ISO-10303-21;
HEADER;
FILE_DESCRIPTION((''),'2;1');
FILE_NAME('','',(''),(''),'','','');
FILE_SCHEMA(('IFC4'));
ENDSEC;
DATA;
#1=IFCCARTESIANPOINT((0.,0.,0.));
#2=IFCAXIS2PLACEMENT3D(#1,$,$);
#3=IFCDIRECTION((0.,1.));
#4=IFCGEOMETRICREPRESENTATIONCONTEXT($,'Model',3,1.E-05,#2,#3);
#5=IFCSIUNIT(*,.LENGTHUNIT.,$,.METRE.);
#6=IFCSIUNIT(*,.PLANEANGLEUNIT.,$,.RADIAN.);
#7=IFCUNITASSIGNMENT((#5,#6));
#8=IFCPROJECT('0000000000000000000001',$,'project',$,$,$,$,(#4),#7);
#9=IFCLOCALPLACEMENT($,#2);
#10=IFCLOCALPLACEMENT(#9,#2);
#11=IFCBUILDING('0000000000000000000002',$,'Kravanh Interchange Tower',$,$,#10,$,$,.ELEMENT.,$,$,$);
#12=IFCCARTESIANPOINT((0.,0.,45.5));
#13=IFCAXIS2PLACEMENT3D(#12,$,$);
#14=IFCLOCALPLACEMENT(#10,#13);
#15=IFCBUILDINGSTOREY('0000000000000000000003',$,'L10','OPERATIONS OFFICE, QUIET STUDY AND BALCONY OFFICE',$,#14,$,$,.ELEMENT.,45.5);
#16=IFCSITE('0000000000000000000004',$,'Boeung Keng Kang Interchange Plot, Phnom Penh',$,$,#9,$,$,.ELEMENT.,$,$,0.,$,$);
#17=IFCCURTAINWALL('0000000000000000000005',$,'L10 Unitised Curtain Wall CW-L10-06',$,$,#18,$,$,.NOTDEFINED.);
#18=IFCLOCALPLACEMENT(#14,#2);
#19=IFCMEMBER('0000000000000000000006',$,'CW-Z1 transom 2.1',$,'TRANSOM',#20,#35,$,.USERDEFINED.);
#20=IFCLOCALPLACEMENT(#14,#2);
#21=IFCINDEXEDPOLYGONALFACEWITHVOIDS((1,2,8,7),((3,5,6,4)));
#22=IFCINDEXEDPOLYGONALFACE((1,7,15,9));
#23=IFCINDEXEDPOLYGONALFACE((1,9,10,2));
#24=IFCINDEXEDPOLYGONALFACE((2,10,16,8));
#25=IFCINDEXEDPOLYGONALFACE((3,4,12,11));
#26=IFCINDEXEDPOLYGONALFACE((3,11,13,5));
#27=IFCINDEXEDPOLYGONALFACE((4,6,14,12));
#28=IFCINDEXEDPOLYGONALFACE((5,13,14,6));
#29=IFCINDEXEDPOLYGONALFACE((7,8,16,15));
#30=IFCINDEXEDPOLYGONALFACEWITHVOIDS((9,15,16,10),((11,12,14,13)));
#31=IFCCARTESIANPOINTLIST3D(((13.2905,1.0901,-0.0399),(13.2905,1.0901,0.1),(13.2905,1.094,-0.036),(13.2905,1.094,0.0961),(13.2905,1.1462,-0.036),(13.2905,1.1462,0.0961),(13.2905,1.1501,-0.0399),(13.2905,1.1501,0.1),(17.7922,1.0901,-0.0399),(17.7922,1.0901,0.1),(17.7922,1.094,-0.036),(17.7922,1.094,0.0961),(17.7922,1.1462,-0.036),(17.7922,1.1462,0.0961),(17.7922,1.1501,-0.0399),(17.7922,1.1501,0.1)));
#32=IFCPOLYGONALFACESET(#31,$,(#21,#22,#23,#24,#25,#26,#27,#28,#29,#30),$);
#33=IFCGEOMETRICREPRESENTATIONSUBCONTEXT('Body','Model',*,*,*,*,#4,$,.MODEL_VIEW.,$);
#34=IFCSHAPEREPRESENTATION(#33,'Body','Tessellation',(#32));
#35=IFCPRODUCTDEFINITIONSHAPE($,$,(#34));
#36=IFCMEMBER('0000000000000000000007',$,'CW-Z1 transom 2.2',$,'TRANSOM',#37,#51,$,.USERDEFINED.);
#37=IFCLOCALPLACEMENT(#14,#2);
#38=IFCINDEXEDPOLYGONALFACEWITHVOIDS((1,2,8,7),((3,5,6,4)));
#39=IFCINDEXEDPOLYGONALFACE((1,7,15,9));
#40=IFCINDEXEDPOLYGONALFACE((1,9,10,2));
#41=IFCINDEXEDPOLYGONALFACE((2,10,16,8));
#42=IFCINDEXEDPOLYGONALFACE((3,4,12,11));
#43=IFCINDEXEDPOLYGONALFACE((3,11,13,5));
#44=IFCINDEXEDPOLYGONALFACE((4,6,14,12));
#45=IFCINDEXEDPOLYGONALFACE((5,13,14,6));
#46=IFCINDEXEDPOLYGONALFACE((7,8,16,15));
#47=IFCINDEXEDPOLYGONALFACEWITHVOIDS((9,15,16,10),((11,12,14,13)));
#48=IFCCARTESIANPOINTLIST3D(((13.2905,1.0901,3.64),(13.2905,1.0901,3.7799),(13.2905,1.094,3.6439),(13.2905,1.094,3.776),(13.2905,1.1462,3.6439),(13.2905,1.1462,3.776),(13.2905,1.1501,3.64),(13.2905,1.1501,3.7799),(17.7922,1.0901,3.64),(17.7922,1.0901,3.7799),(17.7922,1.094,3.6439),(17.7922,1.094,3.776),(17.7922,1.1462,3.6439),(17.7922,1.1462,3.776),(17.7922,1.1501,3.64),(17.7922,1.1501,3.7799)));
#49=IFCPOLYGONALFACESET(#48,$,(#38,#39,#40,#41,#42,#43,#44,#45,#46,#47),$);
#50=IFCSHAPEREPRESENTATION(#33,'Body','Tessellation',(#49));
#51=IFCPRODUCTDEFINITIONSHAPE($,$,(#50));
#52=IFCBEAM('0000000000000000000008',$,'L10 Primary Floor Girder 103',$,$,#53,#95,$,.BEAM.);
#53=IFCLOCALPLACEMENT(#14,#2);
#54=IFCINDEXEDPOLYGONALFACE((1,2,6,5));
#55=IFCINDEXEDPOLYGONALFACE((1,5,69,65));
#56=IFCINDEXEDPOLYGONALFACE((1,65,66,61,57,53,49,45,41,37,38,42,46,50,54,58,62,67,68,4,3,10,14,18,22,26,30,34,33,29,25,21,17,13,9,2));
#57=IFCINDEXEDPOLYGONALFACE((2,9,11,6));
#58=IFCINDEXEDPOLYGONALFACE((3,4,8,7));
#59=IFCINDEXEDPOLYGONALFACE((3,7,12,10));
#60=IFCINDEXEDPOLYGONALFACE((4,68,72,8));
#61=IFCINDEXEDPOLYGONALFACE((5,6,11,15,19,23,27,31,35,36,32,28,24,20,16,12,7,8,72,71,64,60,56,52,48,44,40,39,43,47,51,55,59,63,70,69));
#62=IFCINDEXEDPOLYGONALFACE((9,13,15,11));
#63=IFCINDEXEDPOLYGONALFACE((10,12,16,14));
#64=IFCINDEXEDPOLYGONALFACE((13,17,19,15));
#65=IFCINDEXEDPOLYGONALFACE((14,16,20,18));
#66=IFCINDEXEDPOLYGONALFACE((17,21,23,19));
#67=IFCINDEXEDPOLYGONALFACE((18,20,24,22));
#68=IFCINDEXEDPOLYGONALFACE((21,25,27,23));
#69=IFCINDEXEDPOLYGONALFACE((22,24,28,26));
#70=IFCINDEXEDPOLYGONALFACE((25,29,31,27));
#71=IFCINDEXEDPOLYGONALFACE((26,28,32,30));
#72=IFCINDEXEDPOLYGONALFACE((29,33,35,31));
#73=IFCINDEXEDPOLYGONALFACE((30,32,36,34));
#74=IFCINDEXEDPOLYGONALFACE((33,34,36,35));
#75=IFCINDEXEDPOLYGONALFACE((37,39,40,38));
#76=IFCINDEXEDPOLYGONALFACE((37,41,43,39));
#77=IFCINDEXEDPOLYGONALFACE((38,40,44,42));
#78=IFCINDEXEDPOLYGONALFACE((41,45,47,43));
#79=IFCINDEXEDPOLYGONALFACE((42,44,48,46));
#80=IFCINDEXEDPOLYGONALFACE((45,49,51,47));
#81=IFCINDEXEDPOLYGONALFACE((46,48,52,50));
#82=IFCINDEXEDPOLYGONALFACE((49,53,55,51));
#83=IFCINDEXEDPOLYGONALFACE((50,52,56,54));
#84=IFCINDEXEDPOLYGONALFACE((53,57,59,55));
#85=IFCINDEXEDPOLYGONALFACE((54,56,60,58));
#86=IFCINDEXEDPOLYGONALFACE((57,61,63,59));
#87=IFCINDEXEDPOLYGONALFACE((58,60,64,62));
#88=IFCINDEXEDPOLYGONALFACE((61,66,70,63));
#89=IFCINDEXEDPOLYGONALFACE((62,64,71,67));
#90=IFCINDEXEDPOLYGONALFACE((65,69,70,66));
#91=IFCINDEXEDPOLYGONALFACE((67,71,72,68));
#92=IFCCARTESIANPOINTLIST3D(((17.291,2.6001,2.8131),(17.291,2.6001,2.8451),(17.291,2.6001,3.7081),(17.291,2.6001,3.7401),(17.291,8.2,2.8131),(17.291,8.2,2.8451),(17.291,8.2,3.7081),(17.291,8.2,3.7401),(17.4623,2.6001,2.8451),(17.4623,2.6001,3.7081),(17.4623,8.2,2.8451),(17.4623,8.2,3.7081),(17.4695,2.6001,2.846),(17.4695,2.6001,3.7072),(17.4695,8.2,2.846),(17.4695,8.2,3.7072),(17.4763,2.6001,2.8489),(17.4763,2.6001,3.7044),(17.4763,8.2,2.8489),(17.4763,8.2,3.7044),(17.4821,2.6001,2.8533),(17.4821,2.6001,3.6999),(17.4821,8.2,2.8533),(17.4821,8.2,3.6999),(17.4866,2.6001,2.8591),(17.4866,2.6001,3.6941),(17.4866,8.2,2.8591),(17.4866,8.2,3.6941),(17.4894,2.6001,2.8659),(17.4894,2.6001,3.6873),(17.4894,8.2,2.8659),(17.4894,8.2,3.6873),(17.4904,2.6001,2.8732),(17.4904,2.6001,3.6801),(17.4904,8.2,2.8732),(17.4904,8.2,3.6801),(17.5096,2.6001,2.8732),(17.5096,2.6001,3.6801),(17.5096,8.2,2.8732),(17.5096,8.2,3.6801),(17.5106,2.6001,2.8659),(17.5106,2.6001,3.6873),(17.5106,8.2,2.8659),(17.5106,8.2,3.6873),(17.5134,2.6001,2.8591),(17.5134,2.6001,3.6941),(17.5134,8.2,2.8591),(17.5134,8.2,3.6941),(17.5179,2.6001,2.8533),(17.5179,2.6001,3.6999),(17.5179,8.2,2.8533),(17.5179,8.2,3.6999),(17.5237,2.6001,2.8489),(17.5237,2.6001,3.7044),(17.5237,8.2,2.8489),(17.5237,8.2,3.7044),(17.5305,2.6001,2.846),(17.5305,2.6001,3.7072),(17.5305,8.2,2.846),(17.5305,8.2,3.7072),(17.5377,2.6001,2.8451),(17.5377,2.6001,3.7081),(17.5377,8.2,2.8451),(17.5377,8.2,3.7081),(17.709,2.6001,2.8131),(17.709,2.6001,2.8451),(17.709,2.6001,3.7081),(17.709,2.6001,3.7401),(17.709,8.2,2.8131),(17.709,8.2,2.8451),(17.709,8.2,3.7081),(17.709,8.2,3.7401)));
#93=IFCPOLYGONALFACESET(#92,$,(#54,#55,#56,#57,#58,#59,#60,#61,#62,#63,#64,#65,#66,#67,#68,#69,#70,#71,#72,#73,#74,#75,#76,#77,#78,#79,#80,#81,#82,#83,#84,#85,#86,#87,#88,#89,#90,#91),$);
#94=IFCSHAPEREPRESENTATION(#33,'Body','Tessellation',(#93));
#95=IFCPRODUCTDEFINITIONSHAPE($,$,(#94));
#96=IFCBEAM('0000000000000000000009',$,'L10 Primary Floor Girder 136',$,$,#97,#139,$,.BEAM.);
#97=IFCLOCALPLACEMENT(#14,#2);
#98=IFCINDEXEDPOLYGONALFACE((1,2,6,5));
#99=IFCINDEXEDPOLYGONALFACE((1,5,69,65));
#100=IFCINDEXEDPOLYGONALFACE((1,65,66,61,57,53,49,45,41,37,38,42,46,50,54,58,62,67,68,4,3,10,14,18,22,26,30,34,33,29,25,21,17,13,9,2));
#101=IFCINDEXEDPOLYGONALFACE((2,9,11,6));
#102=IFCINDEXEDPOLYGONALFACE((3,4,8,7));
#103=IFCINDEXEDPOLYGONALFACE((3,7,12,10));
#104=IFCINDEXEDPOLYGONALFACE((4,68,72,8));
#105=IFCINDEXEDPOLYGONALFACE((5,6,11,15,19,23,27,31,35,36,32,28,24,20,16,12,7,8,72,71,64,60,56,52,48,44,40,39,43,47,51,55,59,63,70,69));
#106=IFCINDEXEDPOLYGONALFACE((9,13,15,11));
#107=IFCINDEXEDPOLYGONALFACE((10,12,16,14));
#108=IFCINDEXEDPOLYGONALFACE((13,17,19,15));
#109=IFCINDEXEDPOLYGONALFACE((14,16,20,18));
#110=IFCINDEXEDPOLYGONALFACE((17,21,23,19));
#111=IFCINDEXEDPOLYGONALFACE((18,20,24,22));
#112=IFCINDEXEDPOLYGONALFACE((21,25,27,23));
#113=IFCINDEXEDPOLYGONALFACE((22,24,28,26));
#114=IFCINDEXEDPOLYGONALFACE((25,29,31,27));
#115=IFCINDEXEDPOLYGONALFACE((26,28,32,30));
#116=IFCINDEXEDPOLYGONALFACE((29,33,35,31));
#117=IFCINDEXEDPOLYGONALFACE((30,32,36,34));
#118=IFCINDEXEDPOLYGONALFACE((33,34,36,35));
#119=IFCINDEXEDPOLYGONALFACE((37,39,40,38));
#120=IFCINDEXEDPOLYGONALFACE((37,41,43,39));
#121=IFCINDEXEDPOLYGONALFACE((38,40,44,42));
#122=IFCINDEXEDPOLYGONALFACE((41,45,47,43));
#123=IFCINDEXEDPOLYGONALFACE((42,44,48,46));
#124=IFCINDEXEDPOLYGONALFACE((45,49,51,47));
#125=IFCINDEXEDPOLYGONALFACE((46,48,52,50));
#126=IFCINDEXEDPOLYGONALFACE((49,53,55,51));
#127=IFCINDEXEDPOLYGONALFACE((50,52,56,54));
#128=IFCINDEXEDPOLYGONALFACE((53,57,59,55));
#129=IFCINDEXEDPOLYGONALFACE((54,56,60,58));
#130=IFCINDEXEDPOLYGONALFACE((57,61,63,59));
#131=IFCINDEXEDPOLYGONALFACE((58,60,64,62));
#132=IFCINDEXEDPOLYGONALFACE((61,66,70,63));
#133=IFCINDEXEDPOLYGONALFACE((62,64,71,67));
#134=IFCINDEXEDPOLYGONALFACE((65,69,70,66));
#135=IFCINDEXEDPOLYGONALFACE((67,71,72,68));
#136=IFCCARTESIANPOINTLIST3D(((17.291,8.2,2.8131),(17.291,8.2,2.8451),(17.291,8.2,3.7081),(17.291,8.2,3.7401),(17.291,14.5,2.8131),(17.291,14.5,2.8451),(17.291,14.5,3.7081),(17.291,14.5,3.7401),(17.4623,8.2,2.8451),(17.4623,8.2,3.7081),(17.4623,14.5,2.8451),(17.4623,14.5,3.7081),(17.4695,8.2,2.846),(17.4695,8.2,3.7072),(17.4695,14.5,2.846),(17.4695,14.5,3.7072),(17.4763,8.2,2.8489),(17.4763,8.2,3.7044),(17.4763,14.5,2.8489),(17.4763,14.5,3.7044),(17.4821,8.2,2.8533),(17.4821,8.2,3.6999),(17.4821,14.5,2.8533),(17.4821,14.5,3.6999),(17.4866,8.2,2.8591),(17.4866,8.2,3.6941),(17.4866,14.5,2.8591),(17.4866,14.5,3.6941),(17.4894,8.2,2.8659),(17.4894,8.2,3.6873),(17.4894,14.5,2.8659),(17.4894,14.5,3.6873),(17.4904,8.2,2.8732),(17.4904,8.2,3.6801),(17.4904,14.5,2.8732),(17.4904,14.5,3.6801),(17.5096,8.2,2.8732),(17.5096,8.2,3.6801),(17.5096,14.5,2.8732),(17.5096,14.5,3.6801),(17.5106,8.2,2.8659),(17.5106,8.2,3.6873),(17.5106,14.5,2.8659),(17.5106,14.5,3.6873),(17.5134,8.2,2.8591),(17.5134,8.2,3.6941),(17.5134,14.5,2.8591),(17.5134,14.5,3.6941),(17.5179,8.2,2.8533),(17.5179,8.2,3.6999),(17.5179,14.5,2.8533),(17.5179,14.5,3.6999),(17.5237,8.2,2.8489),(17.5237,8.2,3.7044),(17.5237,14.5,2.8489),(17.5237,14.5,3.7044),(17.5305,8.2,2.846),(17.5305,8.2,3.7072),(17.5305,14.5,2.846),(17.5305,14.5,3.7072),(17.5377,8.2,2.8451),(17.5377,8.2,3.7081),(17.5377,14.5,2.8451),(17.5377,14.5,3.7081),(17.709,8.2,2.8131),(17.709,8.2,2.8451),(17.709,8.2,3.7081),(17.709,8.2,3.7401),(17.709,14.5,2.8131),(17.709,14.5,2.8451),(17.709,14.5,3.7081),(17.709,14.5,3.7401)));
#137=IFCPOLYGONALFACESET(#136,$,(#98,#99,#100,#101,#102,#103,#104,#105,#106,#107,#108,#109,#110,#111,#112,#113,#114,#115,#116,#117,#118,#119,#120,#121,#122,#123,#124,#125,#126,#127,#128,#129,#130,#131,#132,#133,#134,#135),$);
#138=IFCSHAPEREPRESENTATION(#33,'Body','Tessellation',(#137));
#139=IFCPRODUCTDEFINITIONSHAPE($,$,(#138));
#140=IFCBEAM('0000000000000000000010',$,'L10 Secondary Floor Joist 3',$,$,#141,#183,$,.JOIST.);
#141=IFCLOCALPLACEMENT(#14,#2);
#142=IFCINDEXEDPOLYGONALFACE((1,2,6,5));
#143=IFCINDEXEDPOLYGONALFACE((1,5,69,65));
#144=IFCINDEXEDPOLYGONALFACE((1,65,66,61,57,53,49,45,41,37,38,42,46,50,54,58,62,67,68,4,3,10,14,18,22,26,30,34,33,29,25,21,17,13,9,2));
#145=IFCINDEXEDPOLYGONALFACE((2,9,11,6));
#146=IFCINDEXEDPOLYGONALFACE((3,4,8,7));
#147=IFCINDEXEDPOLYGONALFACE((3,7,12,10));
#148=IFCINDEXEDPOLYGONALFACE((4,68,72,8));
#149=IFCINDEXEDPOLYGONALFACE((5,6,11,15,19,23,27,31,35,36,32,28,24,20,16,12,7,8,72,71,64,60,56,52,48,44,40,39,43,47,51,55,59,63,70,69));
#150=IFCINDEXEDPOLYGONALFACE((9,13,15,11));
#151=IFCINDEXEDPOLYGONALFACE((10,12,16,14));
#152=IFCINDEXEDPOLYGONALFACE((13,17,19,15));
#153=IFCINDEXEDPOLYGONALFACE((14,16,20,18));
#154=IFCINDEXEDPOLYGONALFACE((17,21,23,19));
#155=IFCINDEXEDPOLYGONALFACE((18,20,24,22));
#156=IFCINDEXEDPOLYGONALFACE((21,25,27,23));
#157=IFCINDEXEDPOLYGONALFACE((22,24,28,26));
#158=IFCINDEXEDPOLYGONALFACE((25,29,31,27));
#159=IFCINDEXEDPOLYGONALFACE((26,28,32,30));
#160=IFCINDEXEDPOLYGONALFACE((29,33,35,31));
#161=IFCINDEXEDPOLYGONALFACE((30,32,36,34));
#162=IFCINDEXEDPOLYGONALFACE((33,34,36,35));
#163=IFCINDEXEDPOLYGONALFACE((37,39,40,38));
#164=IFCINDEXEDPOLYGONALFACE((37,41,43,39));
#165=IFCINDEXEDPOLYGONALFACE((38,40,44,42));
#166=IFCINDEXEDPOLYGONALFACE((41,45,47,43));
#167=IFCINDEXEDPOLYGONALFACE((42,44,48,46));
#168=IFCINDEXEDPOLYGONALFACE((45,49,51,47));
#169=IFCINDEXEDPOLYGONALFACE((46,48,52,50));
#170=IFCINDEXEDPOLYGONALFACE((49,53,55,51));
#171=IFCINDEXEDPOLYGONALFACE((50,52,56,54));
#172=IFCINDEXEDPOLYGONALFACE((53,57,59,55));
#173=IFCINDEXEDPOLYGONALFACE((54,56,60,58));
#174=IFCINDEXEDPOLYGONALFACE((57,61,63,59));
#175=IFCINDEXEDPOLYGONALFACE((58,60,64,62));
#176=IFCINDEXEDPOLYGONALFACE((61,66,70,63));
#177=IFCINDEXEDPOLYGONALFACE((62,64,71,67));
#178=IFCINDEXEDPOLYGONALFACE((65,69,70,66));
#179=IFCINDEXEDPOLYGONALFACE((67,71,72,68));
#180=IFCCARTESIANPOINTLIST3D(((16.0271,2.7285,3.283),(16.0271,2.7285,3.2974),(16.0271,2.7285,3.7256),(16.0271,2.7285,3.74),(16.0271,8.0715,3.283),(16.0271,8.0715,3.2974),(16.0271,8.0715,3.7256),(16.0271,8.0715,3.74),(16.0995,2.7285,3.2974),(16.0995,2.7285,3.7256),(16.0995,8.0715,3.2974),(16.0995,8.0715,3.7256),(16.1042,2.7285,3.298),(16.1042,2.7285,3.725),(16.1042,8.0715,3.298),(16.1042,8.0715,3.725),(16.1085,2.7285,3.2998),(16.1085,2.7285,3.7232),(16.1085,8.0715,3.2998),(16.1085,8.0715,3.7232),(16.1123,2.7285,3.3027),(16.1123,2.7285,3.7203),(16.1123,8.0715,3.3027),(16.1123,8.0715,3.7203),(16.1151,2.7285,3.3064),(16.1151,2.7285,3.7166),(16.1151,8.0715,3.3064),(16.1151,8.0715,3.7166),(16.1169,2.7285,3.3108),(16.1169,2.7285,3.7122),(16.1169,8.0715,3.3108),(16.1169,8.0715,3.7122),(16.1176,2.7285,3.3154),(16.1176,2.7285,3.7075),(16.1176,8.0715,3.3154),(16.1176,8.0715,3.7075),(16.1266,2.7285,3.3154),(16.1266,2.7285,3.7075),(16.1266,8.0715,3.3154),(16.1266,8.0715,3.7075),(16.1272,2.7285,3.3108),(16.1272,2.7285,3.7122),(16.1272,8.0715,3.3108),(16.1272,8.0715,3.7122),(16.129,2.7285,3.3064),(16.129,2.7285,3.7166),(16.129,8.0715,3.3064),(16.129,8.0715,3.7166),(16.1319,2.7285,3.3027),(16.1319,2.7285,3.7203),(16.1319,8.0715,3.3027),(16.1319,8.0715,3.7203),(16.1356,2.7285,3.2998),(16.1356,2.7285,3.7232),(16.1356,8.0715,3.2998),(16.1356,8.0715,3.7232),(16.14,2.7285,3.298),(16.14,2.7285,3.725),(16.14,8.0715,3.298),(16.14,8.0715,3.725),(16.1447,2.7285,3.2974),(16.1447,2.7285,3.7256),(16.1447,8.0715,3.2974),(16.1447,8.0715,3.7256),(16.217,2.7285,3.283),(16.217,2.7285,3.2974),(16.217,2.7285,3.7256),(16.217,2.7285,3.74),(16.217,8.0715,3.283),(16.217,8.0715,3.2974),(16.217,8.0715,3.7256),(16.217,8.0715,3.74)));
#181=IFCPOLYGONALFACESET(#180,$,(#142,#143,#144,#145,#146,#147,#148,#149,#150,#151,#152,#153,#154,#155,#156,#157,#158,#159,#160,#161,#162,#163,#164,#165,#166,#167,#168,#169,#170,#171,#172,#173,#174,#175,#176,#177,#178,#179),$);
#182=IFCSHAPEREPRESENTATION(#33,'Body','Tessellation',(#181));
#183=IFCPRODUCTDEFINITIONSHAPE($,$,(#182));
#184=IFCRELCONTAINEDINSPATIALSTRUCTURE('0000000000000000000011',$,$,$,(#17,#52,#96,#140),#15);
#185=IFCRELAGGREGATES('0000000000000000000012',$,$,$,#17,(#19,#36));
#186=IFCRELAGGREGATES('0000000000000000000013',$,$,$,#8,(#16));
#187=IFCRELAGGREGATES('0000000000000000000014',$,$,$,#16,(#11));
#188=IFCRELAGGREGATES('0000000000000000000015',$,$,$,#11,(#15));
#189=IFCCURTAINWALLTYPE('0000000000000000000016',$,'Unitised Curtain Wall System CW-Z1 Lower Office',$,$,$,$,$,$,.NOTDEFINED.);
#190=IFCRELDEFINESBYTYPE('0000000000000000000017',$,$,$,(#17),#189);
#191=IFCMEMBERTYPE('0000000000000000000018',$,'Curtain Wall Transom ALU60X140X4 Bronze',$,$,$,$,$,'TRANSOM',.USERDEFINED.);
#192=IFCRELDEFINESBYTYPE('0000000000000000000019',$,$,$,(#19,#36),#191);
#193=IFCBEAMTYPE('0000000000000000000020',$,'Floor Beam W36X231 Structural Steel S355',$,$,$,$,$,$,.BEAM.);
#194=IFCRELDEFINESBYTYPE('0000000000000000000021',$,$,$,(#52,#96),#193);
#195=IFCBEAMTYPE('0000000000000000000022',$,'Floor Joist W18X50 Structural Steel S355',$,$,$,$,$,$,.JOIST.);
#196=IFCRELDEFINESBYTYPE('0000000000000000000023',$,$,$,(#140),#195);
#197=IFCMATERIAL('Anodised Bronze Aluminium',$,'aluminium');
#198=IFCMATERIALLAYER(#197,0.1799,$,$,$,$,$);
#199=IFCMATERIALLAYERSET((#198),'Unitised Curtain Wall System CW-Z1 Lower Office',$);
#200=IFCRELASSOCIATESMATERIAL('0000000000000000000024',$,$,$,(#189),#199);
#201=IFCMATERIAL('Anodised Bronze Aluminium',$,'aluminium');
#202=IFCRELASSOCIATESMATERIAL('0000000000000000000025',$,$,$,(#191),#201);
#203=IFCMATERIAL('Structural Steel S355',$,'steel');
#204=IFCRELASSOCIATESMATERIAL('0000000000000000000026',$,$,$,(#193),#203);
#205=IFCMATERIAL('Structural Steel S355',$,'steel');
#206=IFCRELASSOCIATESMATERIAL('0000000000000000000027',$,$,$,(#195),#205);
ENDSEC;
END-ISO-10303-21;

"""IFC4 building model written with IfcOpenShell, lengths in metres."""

from ifc_helpers import new_model, si_unit, direction, frame, origin, origin_2d, place, context, subcontext, project, spatial, hollow_rectangle, i_section, extrude, material, layer, layer_set, material_profile, profile_set, type_object, element, aggregate, save


model = new_model("IFC4")

# Units and contexts
model_context = context("Model", 3, precision=1e-05, world=origin(), true_north=direction((0.0, 1.0)))
body_context = subcontext(model_context, "Body", "Model", "MODEL_VIEW")
ifc_project = project(units=[si_unit("LENGTHUNIT", "METRE"), si_unit("PLANEANGLEUNIT", "RADIAN")], contexts=[model_context])

# Site, building, storey
site_placement = place(None, origin())
site = spatial("IfcSite", under=ifc_project, at=site_placement, Name="Boeung Keng Kang Interchange Plot, Phnom Penh", CompositionType="ELEMENT", RefElevation=0.0)
building_placement = place(site_placement, origin())
building = spatial("IfcBuilding", under=site, at=building_placement, Name="Kravanh Interchange Tower", CompositionType="ELEMENT")
storey_placement = place(building_placement, frame((0.0, 0.0, 45.5)))
storey = spatial("IfcBuildingStorey", under=building, at=storey_placement, Name="L10", Description="OPERATIONS OFFICE, QUIET STUDY AND BALCONY OFFICE", CompositionType="ELEMENT", Elevation=45.5)

# Curtain wall, members
ifc_material_1 = material(Name="Anodised Bronze Aluminium", Category="aluminium")
ifc_layer_1 = layer(ifc_material_1, 0.1799)
ifc_layer_set_1 = layer_set([ifc_layer_1], Name="Unitised Curtain Wall System CW-Z1 Lower Office")
curtain_wall_type = type_object("IfcCurtainWallType", Name="Unitised Curtain Wall System CW-Z1 Lower Office", PredefinedType="NOTDEFINED", material=ifc_layer_set_1)
curtain_wall_placement = place(storey_placement, origin())
curtain_wall = element("IfcCurtainWall", 1, at=curtain_wall_placement, inside=storey, type_object=curtain_wall_type, Name="L10 Unitised Curtain Wall CW-L10-06", PredefinedType="NOTDEFINED")
ifc_material_2 = material(Name="Anodised Bronze Aluminium", Category="aluminium")
ifc_material_profile_1 = material_profile(ifc_material_2, hollow_rectangle(XDim=0.0601, YDim=0.1399, WallThickness=0.0039, at=origin_2d()), Name="ALU60X140X4")
ifc_profile_set_1 = profile_set([ifc_material_profile_1], Name="Anodised Bronze Aluminium")
member_type_1 = type_object("IfcMemberType", Name="Curtain Wall Transom ALU60X140X4 Bronze", ElementType="TRANSOM", PredefinedType="USERDEFINED", material=ifc_profile_set_1)
member_1_placement = place(storey_placement, frame((17.7922, 1.1201, 0.03), z_axis=(-1.0, 0.0, 0.0), x_axis=(0.0, -1.0, 0.0)))
member_1 = element("IfcMember", 2, at=member_1_placement, type_object=member_type_1, Name="CW-Z1 transom 2.1", ObjectType="TRANSOM", PredefinedType="USERDEFINED", context=body_context, shape_type="SweptSolid", body=[
    extrude(hollow_rectangle(XDim=0.0601, YDim=0.1399, WallThickness=0.0039, at=origin_2d()), origin(), (0.0, 0.0, 1.0), 4.5017),
])
member_2_placement = place(storey_placement, frame((17.7922, 1.1201, 3.71), z_axis=(-1.0, 0.0, 0.0), x_axis=(0.0, -1.0, 0.0)))
member_2 = element("IfcMember", 3, at=member_2_placement, type_object=member_type_1, Name="CW-Z1 transom 2.2", ObjectType="TRANSOM", PredefinedType="USERDEFINED", context=body_context, shape_type="SweptSolid", body=[
    extrude(hollow_rectangle(XDim=0.0601, YDim=0.1399, WallThickness=0.0039, at=origin_2d()), origin(), (0.0, 0.0, 1.0), 4.5017),
])

# Beams
ifc_material_3 = material(Name="Structural Steel S355", Category="steel")
ifc_material_profile_2 = material_profile(ifc_material_3, i_section(OverallWidth=0.418, OverallDepth=0.927, WebThickness=0.0193, FlangeThickness=0.032, FilletRadius=0.0281, at=origin_2d()), Name="W36X231")
ifc_profile_set_2 = profile_set([ifc_material_profile_2], Name="Structural Steel S355")
beam_type_1 = type_object("IfcBeamType", Name="Floor Beam W36X231 Structural Steel S355", PredefinedType="BEAM", material=ifc_profile_set_2)
beam_1_placement = place(storey_placement, frame((17.5, 2.6001, 3.2766), z_axis=(0.0, 1.0, 0.0), x_axis=(-1.0, 0.0, 0.0)))
element("IfcBeam", 4, at=beam_1_placement, inside=storey, type_object=beam_type_1, Name="L10 Primary Floor Girder 103", PredefinedType="BEAM", context=body_context, shape_type="SweptSolid", body=[
    extrude(i_section(OverallWidth=0.418, OverallDepth=0.927, WebThickness=0.0193, FlangeThickness=0.032, FilletRadius=0.0281, at=origin_2d()), origin(), (0.0, 0.0, 1.0), 5.5999),
])
beam_2_placement = place(storey_placement, frame((17.5, 8.2, 3.2766), z_axis=(0.0, 1.0, 0.0), x_axis=(-1.0, 0.0, 0.0)))
element("IfcBeam", 5, at=beam_2_placement, inside=storey, type_object=beam_type_1, Name="L10 Primary Floor Girder 136", PredefinedType="BEAM", context=body_context, shape_type="SweptSolid", body=[
    extrude(i_section(OverallWidth=0.418, OverallDepth=0.927, WebThickness=0.0193, FlangeThickness=0.032, FilletRadius=0.0281, at=origin_2d()), origin(), (0.0, 0.0, 1.0), 6.3),
])
ifc_material_4 = material(Name="Structural Steel S355", Category="steel")
ifc_material_profile_3 = material_profile(ifc_material_4, i_section(OverallWidth=0.1899, OverallDepth=0.457, WebThickness=0.009, FlangeThickness=0.0144, FilletRadius=0.0181, at=origin_2d()), Name="W18X50")
ifc_profile_set_3 = profile_set([ifc_material_profile_3], Name="Structural Steel S355")
beam_type_2 = type_object("IfcBeamType", Name="Floor Joist W18X50 Structural Steel S355", PredefinedType="JOIST", material=ifc_profile_set_3)
for number, where, z_axis, x_axis, name in (
    (6, (16.1221, 2.7285, 3.5115), (0.0, 1.0, 0.0), (-1.0, 0.0, 0.0), "L10 Secondary Floor Joist 3"),
):
    element("IfcBeam", number, at=place(storey_placement, frame(where, z_axis=z_axis, x_axis=x_axis)), inside=storey, type_object=beam_type_2, Name=name, PredefinedType="JOIST", context=body_context, shape_type="SweptSolid", body=[
        extrude(i_section(OverallWidth=0.1899, OverallDepth=0.457, WebThickness=0.009, FlangeThickness=0.0144, FilletRadius=0.0181, at=origin_2d()), origin(), (0.0, 0.0, 1.0), 5.343),
    ])

aggregate(curtain_wall, [member_1, member_2])

save(model, "model.ifc")
